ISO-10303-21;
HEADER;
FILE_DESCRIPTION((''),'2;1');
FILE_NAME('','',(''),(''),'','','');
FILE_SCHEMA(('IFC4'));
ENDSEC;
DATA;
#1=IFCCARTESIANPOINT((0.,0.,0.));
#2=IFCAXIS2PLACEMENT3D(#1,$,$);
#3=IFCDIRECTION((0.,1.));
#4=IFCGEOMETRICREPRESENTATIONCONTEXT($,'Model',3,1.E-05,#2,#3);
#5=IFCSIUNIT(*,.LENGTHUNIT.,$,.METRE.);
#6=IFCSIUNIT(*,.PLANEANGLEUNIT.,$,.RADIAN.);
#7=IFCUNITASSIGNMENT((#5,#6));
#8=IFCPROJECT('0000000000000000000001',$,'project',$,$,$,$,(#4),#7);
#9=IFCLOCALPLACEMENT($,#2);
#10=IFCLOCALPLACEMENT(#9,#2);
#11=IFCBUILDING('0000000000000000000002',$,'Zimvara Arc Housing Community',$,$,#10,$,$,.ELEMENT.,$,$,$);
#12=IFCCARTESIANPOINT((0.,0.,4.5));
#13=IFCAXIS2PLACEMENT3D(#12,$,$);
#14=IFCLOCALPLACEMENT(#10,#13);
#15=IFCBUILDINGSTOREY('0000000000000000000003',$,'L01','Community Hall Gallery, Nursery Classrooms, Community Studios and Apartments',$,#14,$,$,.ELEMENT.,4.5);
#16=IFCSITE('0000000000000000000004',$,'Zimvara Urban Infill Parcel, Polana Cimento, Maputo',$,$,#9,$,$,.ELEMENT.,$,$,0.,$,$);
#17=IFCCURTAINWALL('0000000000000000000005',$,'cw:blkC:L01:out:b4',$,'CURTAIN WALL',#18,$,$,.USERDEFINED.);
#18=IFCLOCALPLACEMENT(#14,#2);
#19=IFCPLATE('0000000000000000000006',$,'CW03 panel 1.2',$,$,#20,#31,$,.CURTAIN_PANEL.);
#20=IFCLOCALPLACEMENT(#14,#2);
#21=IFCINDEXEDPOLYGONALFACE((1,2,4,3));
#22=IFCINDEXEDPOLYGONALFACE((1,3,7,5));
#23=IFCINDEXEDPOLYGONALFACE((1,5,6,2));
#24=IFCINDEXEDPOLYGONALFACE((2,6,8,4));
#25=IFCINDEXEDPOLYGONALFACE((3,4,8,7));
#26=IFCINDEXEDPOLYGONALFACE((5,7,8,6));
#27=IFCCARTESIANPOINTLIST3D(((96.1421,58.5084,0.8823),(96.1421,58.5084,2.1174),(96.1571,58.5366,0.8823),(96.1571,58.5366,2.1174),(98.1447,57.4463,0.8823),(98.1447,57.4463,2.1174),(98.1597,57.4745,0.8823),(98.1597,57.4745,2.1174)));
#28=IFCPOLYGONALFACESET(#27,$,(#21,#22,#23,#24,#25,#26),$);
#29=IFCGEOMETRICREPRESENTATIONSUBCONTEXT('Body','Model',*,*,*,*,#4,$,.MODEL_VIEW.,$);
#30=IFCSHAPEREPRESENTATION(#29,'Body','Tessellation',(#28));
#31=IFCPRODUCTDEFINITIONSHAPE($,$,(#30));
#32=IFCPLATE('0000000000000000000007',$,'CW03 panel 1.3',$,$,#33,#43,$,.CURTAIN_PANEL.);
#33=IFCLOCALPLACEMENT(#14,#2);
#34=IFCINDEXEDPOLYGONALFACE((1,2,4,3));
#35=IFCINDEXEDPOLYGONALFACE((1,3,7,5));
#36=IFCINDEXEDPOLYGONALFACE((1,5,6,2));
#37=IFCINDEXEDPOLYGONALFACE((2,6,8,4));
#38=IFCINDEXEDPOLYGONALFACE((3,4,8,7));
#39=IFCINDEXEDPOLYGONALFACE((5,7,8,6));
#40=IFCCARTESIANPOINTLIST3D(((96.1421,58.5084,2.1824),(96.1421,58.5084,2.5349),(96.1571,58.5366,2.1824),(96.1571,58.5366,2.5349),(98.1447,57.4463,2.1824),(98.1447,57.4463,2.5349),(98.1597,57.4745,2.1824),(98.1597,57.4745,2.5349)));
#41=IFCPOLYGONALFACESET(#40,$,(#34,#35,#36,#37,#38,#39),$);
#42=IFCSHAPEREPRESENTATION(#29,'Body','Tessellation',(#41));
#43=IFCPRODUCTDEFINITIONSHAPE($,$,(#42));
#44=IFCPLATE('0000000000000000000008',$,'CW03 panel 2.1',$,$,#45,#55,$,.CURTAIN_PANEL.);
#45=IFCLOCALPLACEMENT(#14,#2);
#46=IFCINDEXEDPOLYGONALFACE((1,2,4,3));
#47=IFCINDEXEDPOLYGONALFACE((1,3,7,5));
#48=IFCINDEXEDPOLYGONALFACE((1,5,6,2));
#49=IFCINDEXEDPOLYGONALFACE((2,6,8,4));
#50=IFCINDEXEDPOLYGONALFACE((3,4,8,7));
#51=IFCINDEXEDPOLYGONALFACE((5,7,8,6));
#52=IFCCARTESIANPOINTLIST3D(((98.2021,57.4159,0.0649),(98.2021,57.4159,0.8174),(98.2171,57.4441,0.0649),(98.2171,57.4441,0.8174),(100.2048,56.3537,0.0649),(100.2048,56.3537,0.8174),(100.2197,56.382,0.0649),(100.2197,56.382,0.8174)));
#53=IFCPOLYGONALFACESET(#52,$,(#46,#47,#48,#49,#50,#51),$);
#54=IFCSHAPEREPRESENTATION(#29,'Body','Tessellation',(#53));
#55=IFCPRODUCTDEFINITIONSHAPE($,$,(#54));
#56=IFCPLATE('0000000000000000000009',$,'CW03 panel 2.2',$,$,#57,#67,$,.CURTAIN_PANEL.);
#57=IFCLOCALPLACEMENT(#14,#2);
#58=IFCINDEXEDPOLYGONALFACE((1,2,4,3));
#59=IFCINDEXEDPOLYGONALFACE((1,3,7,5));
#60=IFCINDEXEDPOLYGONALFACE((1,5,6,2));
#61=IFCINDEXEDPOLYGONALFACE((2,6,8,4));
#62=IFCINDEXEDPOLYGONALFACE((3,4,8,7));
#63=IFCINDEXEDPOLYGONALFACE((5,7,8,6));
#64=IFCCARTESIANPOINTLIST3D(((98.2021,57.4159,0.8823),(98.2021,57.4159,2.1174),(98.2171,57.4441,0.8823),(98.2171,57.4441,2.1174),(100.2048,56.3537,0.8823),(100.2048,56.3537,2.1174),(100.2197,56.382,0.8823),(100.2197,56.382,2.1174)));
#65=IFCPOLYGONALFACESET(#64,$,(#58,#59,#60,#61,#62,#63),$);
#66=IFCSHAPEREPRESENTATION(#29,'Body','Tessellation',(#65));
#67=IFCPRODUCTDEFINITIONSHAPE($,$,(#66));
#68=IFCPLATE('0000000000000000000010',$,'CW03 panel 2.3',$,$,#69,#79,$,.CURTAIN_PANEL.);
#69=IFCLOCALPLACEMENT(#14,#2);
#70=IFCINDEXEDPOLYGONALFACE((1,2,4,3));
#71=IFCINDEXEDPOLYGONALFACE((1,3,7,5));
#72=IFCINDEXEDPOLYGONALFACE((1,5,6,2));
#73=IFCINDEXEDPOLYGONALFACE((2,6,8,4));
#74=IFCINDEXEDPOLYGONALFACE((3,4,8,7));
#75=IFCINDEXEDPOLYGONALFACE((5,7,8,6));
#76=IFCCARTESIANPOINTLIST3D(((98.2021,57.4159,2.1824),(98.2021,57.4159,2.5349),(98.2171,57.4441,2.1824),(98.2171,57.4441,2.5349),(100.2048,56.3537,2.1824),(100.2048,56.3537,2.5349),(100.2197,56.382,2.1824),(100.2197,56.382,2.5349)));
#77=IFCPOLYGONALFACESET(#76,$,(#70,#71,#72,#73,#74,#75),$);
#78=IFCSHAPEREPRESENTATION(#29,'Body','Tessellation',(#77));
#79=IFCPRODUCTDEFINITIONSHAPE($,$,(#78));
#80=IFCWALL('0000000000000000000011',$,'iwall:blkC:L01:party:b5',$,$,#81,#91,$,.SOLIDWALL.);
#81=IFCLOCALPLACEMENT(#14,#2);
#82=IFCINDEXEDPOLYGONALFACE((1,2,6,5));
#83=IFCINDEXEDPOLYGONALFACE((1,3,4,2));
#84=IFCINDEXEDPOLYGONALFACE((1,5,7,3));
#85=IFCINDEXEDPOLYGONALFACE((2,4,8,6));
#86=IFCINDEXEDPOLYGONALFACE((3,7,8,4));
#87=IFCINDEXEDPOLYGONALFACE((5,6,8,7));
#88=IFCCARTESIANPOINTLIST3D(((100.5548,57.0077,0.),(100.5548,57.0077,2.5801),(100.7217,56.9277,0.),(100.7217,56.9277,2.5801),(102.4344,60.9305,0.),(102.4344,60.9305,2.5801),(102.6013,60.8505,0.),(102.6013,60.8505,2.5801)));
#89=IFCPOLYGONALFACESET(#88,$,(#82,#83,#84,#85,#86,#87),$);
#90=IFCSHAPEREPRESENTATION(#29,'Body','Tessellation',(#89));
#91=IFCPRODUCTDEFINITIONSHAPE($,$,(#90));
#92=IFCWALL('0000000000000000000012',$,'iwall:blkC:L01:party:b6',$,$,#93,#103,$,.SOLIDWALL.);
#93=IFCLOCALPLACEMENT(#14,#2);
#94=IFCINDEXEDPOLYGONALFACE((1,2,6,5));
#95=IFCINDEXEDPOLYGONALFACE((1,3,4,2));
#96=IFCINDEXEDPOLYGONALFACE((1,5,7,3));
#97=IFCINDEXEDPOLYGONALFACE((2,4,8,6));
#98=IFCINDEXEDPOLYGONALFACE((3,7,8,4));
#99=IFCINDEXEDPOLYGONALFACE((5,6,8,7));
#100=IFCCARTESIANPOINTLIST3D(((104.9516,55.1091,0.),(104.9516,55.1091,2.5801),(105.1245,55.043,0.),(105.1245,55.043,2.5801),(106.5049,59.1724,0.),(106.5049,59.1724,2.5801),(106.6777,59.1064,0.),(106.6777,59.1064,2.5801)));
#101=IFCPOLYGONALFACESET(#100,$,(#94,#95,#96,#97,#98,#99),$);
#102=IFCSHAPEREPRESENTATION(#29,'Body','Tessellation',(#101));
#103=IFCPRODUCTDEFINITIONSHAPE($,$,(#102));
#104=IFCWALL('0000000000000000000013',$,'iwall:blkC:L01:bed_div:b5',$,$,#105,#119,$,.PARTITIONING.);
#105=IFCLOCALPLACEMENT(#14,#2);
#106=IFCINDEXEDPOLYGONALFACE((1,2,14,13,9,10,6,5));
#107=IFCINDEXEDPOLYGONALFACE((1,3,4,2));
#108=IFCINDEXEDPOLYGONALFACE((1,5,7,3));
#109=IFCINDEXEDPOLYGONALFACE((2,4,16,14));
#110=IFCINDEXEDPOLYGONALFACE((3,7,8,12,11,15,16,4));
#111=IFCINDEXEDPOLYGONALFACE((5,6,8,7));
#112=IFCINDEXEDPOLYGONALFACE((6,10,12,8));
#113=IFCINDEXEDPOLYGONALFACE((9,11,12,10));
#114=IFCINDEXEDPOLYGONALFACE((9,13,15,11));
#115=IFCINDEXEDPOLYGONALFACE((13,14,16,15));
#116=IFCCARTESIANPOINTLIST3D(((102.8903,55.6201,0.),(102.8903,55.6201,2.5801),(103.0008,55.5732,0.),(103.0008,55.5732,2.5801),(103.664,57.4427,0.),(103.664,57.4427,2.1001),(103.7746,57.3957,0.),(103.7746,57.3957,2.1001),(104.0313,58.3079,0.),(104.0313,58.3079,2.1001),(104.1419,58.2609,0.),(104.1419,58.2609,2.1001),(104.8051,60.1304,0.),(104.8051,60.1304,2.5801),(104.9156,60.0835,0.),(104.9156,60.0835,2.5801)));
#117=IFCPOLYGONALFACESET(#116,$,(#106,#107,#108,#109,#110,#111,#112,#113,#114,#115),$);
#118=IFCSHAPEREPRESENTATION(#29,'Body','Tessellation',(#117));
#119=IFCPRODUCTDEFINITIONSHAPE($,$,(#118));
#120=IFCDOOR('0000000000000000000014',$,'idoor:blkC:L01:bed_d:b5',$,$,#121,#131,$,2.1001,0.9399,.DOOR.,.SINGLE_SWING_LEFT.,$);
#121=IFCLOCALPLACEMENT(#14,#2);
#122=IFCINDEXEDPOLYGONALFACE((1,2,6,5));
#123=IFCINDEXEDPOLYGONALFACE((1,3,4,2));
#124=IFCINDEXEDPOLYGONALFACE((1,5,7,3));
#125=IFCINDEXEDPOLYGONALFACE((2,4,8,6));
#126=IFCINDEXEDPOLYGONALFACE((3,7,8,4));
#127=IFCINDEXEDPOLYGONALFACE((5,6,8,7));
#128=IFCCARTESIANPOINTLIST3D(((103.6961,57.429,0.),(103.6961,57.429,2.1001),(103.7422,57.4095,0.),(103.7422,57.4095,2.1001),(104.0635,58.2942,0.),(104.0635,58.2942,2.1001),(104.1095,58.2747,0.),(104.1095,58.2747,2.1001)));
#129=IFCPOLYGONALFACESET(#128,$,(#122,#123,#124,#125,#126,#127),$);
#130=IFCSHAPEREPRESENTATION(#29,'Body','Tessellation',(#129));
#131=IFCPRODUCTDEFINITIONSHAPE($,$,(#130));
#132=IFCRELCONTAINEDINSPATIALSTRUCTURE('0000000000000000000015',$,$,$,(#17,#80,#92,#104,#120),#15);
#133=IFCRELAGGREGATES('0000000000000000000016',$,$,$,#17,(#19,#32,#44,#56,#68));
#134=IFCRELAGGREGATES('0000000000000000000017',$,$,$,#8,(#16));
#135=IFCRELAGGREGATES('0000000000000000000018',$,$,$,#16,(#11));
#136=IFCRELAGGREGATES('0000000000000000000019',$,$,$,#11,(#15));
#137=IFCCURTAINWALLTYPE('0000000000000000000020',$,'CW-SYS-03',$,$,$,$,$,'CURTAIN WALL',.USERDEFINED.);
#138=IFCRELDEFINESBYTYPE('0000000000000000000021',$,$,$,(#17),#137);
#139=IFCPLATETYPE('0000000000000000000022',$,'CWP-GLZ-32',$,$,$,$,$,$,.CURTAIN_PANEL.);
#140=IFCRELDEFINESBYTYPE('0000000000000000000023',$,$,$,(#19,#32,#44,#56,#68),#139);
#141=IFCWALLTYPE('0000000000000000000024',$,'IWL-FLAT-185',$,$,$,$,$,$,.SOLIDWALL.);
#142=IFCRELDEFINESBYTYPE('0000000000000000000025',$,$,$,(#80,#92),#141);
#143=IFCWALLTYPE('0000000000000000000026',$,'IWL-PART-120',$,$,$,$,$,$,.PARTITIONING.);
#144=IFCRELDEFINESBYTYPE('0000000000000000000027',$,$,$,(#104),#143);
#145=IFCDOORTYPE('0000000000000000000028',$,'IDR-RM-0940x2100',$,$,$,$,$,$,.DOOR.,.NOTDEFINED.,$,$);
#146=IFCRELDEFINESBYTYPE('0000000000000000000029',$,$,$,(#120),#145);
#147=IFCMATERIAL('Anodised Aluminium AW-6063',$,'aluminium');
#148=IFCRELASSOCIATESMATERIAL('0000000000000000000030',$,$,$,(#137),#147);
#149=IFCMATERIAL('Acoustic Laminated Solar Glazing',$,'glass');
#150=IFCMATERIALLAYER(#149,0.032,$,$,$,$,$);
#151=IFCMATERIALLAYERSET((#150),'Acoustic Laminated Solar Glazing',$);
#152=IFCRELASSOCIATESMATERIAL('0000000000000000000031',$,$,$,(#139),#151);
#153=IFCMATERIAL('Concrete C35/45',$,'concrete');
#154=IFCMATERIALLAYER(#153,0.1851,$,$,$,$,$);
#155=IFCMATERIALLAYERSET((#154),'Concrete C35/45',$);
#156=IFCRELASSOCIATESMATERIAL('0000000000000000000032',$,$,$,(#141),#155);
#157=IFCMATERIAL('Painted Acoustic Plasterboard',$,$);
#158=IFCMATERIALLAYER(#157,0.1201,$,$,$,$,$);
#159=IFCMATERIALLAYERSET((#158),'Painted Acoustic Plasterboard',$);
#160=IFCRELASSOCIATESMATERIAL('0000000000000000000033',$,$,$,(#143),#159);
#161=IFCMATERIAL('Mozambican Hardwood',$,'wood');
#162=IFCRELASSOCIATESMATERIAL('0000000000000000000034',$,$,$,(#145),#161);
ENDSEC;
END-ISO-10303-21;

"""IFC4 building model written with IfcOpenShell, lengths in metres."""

from ifc_helpers import new_model, si_unit, direction, frame, frame_2d, origin, origin_2d, place, context, subcontext, project, spatial, rectangle, extrude, material, layer, layer_set, type_object, element, fill, aggregate, save


model = new_model("IFC4")

# Units and contexts
model_context = context("Model", 3, precision=1e-05, world=origin(), true_north=direction((0.0, 1.0)))
body_context = subcontext(model_context, "Body", "Model", "MODEL_VIEW")
ifc_project = project(units=[si_unit("LENGTHUNIT", "METRE"), si_unit("PLANEANGLEUNIT", "RADIAN")], contexts=[model_context])

# Site, building, storey
site_placement = place(None, origin())
site = spatial("IfcSite", under=ifc_project, at=site_placement, Name="Zimvara Urban Infill Parcel, Polana Cimento, Maputo", CompositionType="ELEMENT", RefElevation=0.0)
building_placement = place(site_placement, origin())
building = spatial("IfcBuilding", under=site, at=building_placement, Name="Zimvara Arc Housing Community", CompositionType="ELEMENT")
storey_placement = place(building_placement, frame((0.0, 0.0, 4.5)))
storey = spatial("IfcBuildingStorey", under=building, at=storey_placement, Name="L01", Description="Community Hall Gallery, Nursery Classrooms, Community Studios and Apartments", CompositionType="ELEMENT", Elevation=4.5)

# Curtain wall, plates
ifc_material_1 = material(Name="Anodised Aluminium AW-6063", Category="aluminium")
curtain_wall_type = type_object("IfcCurtainWallType", Name="CW-SYS-03", ElementType="CURTAIN WALL", PredefinedType="USERDEFINED", material=ifc_material_1)
curtain_wall_placement = place(storey_placement, origin())
curtain_wall = element("IfcCurtainWall", 1, at=curtain_wall_placement, inside=storey, type_object=curtain_wall_type, Name="cw:blkC:L01:out:b4", ObjectType="CURTAIN WALL", PredefinedType="USERDEFINED")
ifc_material_2 = material(Name="Acoustic Laminated Solar Glazing", Category="glass")
ifc_layer_1 = layer(ifc_material_2, 0.032)
ifc_layer_set_1 = layer_set([ifc_layer_1], Name="Acoustic Laminated Solar Glazing")
plate_type = type_object("IfcPlateType", Name="CWP-GLZ-32", PredefinedType="CURTAIN_PANEL", material=ifc_layer_set_1)
plate_1_placement = place(storey_placement, frame((97.1509, 57.9915, 0.8823), z_axis=(0.0, 0.0, 1.0), x_axis=(0.883439, -0.468547, 0.0)))
plate_1 = element("IfcPlate", 2, at=plate_1_placement, type_object=plate_type, Name="CW03 panel 1.2", PredefinedType="CURTAIN_PANEL", context=body_context, shape_type="SweptSolid", body=[
    extrude(rectangle(XDim=2.2668, YDim=0.032, at=origin_2d()), origin(), (0.0, 0.0, 1.0), 1.2351),
])
plate_2_placement = place(storey_placement, frame((97.1509, 57.9915, 2.1824), z_axis=(0.0, 0.0, 1.0), x_axis=(0.883439, -0.468547, 0.0)))
plate_2 = element("IfcPlate", 3, at=plate_2_placement, type_object=plate_type, Name="CW03 panel 1.3", PredefinedType="CURTAIN_PANEL", context=body_context, shape_type="SweptSolid", body=[
    extrude(rectangle(XDim=2.2668, YDim=0.032, at=origin_2d()), origin(), (0.0, 0.0, 1.0), 0.3525),
])
plate_3_placement = place(storey_placement, frame((99.2109, 56.8989, 0.0649), z_axis=(0.0, 0.0, 1.0), x_axis=(0.883439, -0.468547, 0.0)))
plate_3 = element("IfcPlate", 4, at=plate_3_placement, type_object=plate_type, Name="CW03 panel 2.1", PredefinedType="CURTAIN_PANEL", context=body_context, shape_type="SweptSolid", body=[
    extrude(rectangle(XDim=2.2668, YDim=0.032, at=origin_2d()), origin(), (0.0, 0.0, 1.0), 0.7524),
])
plate_4_placement = place(storey_placement, frame((99.2109, 56.8989, 0.8823), z_axis=(0.0, 0.0, 1.0), x_axis=(0.883439, -0.468547, 0.0)))
plate_4 = element("IfcPlate", 5, at=plate_4_placement, type_object=plate_type, Name="CW03 panel 2.2", PredefinedType="CURTAIN_PANEL", context=body_context, shape_type="SweptSolid", body=[
    extrude(rectangle(XDim=2.2668, YDim=0.032, at=origin_2d()), origin(), (0.0, 0.0, 1.0), 1.2351),
])
plate_5_placement = place(storey_placement, frame((99.2109, 56.8989, 2.1824), z_axis=(0.0, 0.0, 1.0), x_axis=(0.883439, -0.468547, 0.0)))
plate_5 = element("IfcPlate", 6, at=plate_5_placement, type_object=plate_type, Name="CW03 panel 2.3", PredefinedType="CURTAIN_PANEL", context=body_context, shape_type="SweptSolid", body=[
    extrude(rectangle(XDim=2.2668, YDim=0.032, at=origin_2d()), origin(), (0.0, 0.0, 1.0), 0.3525),
])
aggregate(curtain_wall, [plate_1, plate_2, plate_3, plate_4, plate_5])

# Walls
ifc_material_3 = material(Name="Concrete C35/45", Category="concrete")
ifc_layer_2 = layer(ifc_material_3, 0.1851)
ifc_layer_set_2 = layer_set([ifc_layer_2], Name="Concrete C35/45")
wall_type_1 = type_object("IfcWallType", Name="IWL-FLAT-185", PredefinedType="SOLIDWALL", material=ifc_layer_set_2)
wall_1_placement = place(storey_placement, frame((102.5178, 60.8904, 0.0), z_axis=(0.0, 0.0, 1.0), x_axis=(-0.432109, -0.901821, 0.0)))
element("IfcWall", 7, at=wall_1_placement, inside=storey, type_object=wall_type_1, Name="iwall:blkC:L01:party:b5", PredefinedType="SOLIDWALL", context=body_context, shape_type="SweptSolid", body=[
    extrude(rectangle(XDim=4.3499, YDim=0.1851, at=frame_2d((2.1748, 0.0))), origin(), (0.0, 0.0, 1.0), 2.5801),
])
wall_2_placement = place(storey_placement, frame((106.5913, 59.1394, 0.0), z_axis=(0.0, 0.0, 1.0), x_axis=(-0.357064, -0.93408, 0.0)))
element("IfcWall", 8, at=wall_2_placement, inside=storey, type_object=wall_type_1, Name="iwall:blkC:L01:party:b6", PredefinedType="SOLIDWALL", context=body_context, shape_type="SweptSolid", body=[
    extrude(rectangle(XDim=4.3501, YDim=0.1851, at=frame_2d((2.175, 0.0))), origin(), (0.0, 0.0, 1.0), 2.5801),
])

# Wall, opening, door
ifc_material_4 = material(Name="Painted Acoustic Plasterboard")
ifc_layer_3 = layer(ifc_material_4, 0.1201)
ifc_layer_set_3 = layer_set([ifc_layer_3], Name="Painted Acoustic Plasterboard")
wall_type_2 = type_object("IfcWallType", Name="IWL-PART-120", PredefinedType="PARTITIONING", material=ifc_layer_set_3)
wall_3_placement = place(storey_placement, frame((104.8604, 60.1069, 0.0), z_axis=(0.0, 0.0, 1.0), x_axis=(-0.390784, -0.920482, 0.0)))
wall_3 = element("IfcWall", 9, at=wall_3_placement, inside=storey, type_object=wall_type_2, Name="iwall:blkC:L01:bed_div:b5", PredefinedType="PARTITIONING", context=body_context, shape_type="SweptSolid", body=[
    extrude(rectangle(XDim=4.8999, YDim=0.1201, at=frame_2d((2.45, 0.0))), origin(), (0.0, 0.0, 1.0), 2.5801),
])
opening_placement = place(wall_3_placement, frame((1.98, 0.0, 0.0)))
opening = element("IfcOpeningElement", 10, at=opening_placement, cuts=wall_3, PredefinedType="OPENING", context=body_context, shape_type="SweptSolid", body=[
    extrude(rectangle(XDim=0.9399, YDim=2.1001, at=frame_2d((0.47, 1.05))), frame((0.0, 0.0701, 0.0), z_axis=(0.0, -1.0, 0.0), x_axis=(1.0, 0.0, 0.0)), (0.0, 0.0, 1.0), 0.1401),
])
ifc_material_5 = material(Name="Mozambican Hardwood", Category="wood")
door_type = type_object("IfcDoorType", Name="IDR-RM-0940x2100", OperationType="NOTDEFINED", PredefinedType="DOOR", material=ifc_material_5)
door_placement = place(opening_placement, origin())
door = element("IfcDoor", 11, at=door_placement, inside=storey, type_object=door_type, Name="idoor:blkC:L01:bed_d:b5", OperationType="SINGLE_SWING_LEFT", OverallHeight=2.1001, OverallWidth=0.9399, PredefinedType="DOOR", context=body_context, shape_type="SweptSolid", body=[
    extrude(rectangle(XDim=0.9399, YDim=2.1001, at=frame_2d((0.47, 1.05))), frame((0.0, 0.0249, 0.0), z_axis=(0.0, -1.0, 0.0), x_axis=(1.0, 0.0, 0.0)), (0.0, 0.0, 1.0), 0.05),
])
fill(opening, door)

save(model, "model.ifc")
